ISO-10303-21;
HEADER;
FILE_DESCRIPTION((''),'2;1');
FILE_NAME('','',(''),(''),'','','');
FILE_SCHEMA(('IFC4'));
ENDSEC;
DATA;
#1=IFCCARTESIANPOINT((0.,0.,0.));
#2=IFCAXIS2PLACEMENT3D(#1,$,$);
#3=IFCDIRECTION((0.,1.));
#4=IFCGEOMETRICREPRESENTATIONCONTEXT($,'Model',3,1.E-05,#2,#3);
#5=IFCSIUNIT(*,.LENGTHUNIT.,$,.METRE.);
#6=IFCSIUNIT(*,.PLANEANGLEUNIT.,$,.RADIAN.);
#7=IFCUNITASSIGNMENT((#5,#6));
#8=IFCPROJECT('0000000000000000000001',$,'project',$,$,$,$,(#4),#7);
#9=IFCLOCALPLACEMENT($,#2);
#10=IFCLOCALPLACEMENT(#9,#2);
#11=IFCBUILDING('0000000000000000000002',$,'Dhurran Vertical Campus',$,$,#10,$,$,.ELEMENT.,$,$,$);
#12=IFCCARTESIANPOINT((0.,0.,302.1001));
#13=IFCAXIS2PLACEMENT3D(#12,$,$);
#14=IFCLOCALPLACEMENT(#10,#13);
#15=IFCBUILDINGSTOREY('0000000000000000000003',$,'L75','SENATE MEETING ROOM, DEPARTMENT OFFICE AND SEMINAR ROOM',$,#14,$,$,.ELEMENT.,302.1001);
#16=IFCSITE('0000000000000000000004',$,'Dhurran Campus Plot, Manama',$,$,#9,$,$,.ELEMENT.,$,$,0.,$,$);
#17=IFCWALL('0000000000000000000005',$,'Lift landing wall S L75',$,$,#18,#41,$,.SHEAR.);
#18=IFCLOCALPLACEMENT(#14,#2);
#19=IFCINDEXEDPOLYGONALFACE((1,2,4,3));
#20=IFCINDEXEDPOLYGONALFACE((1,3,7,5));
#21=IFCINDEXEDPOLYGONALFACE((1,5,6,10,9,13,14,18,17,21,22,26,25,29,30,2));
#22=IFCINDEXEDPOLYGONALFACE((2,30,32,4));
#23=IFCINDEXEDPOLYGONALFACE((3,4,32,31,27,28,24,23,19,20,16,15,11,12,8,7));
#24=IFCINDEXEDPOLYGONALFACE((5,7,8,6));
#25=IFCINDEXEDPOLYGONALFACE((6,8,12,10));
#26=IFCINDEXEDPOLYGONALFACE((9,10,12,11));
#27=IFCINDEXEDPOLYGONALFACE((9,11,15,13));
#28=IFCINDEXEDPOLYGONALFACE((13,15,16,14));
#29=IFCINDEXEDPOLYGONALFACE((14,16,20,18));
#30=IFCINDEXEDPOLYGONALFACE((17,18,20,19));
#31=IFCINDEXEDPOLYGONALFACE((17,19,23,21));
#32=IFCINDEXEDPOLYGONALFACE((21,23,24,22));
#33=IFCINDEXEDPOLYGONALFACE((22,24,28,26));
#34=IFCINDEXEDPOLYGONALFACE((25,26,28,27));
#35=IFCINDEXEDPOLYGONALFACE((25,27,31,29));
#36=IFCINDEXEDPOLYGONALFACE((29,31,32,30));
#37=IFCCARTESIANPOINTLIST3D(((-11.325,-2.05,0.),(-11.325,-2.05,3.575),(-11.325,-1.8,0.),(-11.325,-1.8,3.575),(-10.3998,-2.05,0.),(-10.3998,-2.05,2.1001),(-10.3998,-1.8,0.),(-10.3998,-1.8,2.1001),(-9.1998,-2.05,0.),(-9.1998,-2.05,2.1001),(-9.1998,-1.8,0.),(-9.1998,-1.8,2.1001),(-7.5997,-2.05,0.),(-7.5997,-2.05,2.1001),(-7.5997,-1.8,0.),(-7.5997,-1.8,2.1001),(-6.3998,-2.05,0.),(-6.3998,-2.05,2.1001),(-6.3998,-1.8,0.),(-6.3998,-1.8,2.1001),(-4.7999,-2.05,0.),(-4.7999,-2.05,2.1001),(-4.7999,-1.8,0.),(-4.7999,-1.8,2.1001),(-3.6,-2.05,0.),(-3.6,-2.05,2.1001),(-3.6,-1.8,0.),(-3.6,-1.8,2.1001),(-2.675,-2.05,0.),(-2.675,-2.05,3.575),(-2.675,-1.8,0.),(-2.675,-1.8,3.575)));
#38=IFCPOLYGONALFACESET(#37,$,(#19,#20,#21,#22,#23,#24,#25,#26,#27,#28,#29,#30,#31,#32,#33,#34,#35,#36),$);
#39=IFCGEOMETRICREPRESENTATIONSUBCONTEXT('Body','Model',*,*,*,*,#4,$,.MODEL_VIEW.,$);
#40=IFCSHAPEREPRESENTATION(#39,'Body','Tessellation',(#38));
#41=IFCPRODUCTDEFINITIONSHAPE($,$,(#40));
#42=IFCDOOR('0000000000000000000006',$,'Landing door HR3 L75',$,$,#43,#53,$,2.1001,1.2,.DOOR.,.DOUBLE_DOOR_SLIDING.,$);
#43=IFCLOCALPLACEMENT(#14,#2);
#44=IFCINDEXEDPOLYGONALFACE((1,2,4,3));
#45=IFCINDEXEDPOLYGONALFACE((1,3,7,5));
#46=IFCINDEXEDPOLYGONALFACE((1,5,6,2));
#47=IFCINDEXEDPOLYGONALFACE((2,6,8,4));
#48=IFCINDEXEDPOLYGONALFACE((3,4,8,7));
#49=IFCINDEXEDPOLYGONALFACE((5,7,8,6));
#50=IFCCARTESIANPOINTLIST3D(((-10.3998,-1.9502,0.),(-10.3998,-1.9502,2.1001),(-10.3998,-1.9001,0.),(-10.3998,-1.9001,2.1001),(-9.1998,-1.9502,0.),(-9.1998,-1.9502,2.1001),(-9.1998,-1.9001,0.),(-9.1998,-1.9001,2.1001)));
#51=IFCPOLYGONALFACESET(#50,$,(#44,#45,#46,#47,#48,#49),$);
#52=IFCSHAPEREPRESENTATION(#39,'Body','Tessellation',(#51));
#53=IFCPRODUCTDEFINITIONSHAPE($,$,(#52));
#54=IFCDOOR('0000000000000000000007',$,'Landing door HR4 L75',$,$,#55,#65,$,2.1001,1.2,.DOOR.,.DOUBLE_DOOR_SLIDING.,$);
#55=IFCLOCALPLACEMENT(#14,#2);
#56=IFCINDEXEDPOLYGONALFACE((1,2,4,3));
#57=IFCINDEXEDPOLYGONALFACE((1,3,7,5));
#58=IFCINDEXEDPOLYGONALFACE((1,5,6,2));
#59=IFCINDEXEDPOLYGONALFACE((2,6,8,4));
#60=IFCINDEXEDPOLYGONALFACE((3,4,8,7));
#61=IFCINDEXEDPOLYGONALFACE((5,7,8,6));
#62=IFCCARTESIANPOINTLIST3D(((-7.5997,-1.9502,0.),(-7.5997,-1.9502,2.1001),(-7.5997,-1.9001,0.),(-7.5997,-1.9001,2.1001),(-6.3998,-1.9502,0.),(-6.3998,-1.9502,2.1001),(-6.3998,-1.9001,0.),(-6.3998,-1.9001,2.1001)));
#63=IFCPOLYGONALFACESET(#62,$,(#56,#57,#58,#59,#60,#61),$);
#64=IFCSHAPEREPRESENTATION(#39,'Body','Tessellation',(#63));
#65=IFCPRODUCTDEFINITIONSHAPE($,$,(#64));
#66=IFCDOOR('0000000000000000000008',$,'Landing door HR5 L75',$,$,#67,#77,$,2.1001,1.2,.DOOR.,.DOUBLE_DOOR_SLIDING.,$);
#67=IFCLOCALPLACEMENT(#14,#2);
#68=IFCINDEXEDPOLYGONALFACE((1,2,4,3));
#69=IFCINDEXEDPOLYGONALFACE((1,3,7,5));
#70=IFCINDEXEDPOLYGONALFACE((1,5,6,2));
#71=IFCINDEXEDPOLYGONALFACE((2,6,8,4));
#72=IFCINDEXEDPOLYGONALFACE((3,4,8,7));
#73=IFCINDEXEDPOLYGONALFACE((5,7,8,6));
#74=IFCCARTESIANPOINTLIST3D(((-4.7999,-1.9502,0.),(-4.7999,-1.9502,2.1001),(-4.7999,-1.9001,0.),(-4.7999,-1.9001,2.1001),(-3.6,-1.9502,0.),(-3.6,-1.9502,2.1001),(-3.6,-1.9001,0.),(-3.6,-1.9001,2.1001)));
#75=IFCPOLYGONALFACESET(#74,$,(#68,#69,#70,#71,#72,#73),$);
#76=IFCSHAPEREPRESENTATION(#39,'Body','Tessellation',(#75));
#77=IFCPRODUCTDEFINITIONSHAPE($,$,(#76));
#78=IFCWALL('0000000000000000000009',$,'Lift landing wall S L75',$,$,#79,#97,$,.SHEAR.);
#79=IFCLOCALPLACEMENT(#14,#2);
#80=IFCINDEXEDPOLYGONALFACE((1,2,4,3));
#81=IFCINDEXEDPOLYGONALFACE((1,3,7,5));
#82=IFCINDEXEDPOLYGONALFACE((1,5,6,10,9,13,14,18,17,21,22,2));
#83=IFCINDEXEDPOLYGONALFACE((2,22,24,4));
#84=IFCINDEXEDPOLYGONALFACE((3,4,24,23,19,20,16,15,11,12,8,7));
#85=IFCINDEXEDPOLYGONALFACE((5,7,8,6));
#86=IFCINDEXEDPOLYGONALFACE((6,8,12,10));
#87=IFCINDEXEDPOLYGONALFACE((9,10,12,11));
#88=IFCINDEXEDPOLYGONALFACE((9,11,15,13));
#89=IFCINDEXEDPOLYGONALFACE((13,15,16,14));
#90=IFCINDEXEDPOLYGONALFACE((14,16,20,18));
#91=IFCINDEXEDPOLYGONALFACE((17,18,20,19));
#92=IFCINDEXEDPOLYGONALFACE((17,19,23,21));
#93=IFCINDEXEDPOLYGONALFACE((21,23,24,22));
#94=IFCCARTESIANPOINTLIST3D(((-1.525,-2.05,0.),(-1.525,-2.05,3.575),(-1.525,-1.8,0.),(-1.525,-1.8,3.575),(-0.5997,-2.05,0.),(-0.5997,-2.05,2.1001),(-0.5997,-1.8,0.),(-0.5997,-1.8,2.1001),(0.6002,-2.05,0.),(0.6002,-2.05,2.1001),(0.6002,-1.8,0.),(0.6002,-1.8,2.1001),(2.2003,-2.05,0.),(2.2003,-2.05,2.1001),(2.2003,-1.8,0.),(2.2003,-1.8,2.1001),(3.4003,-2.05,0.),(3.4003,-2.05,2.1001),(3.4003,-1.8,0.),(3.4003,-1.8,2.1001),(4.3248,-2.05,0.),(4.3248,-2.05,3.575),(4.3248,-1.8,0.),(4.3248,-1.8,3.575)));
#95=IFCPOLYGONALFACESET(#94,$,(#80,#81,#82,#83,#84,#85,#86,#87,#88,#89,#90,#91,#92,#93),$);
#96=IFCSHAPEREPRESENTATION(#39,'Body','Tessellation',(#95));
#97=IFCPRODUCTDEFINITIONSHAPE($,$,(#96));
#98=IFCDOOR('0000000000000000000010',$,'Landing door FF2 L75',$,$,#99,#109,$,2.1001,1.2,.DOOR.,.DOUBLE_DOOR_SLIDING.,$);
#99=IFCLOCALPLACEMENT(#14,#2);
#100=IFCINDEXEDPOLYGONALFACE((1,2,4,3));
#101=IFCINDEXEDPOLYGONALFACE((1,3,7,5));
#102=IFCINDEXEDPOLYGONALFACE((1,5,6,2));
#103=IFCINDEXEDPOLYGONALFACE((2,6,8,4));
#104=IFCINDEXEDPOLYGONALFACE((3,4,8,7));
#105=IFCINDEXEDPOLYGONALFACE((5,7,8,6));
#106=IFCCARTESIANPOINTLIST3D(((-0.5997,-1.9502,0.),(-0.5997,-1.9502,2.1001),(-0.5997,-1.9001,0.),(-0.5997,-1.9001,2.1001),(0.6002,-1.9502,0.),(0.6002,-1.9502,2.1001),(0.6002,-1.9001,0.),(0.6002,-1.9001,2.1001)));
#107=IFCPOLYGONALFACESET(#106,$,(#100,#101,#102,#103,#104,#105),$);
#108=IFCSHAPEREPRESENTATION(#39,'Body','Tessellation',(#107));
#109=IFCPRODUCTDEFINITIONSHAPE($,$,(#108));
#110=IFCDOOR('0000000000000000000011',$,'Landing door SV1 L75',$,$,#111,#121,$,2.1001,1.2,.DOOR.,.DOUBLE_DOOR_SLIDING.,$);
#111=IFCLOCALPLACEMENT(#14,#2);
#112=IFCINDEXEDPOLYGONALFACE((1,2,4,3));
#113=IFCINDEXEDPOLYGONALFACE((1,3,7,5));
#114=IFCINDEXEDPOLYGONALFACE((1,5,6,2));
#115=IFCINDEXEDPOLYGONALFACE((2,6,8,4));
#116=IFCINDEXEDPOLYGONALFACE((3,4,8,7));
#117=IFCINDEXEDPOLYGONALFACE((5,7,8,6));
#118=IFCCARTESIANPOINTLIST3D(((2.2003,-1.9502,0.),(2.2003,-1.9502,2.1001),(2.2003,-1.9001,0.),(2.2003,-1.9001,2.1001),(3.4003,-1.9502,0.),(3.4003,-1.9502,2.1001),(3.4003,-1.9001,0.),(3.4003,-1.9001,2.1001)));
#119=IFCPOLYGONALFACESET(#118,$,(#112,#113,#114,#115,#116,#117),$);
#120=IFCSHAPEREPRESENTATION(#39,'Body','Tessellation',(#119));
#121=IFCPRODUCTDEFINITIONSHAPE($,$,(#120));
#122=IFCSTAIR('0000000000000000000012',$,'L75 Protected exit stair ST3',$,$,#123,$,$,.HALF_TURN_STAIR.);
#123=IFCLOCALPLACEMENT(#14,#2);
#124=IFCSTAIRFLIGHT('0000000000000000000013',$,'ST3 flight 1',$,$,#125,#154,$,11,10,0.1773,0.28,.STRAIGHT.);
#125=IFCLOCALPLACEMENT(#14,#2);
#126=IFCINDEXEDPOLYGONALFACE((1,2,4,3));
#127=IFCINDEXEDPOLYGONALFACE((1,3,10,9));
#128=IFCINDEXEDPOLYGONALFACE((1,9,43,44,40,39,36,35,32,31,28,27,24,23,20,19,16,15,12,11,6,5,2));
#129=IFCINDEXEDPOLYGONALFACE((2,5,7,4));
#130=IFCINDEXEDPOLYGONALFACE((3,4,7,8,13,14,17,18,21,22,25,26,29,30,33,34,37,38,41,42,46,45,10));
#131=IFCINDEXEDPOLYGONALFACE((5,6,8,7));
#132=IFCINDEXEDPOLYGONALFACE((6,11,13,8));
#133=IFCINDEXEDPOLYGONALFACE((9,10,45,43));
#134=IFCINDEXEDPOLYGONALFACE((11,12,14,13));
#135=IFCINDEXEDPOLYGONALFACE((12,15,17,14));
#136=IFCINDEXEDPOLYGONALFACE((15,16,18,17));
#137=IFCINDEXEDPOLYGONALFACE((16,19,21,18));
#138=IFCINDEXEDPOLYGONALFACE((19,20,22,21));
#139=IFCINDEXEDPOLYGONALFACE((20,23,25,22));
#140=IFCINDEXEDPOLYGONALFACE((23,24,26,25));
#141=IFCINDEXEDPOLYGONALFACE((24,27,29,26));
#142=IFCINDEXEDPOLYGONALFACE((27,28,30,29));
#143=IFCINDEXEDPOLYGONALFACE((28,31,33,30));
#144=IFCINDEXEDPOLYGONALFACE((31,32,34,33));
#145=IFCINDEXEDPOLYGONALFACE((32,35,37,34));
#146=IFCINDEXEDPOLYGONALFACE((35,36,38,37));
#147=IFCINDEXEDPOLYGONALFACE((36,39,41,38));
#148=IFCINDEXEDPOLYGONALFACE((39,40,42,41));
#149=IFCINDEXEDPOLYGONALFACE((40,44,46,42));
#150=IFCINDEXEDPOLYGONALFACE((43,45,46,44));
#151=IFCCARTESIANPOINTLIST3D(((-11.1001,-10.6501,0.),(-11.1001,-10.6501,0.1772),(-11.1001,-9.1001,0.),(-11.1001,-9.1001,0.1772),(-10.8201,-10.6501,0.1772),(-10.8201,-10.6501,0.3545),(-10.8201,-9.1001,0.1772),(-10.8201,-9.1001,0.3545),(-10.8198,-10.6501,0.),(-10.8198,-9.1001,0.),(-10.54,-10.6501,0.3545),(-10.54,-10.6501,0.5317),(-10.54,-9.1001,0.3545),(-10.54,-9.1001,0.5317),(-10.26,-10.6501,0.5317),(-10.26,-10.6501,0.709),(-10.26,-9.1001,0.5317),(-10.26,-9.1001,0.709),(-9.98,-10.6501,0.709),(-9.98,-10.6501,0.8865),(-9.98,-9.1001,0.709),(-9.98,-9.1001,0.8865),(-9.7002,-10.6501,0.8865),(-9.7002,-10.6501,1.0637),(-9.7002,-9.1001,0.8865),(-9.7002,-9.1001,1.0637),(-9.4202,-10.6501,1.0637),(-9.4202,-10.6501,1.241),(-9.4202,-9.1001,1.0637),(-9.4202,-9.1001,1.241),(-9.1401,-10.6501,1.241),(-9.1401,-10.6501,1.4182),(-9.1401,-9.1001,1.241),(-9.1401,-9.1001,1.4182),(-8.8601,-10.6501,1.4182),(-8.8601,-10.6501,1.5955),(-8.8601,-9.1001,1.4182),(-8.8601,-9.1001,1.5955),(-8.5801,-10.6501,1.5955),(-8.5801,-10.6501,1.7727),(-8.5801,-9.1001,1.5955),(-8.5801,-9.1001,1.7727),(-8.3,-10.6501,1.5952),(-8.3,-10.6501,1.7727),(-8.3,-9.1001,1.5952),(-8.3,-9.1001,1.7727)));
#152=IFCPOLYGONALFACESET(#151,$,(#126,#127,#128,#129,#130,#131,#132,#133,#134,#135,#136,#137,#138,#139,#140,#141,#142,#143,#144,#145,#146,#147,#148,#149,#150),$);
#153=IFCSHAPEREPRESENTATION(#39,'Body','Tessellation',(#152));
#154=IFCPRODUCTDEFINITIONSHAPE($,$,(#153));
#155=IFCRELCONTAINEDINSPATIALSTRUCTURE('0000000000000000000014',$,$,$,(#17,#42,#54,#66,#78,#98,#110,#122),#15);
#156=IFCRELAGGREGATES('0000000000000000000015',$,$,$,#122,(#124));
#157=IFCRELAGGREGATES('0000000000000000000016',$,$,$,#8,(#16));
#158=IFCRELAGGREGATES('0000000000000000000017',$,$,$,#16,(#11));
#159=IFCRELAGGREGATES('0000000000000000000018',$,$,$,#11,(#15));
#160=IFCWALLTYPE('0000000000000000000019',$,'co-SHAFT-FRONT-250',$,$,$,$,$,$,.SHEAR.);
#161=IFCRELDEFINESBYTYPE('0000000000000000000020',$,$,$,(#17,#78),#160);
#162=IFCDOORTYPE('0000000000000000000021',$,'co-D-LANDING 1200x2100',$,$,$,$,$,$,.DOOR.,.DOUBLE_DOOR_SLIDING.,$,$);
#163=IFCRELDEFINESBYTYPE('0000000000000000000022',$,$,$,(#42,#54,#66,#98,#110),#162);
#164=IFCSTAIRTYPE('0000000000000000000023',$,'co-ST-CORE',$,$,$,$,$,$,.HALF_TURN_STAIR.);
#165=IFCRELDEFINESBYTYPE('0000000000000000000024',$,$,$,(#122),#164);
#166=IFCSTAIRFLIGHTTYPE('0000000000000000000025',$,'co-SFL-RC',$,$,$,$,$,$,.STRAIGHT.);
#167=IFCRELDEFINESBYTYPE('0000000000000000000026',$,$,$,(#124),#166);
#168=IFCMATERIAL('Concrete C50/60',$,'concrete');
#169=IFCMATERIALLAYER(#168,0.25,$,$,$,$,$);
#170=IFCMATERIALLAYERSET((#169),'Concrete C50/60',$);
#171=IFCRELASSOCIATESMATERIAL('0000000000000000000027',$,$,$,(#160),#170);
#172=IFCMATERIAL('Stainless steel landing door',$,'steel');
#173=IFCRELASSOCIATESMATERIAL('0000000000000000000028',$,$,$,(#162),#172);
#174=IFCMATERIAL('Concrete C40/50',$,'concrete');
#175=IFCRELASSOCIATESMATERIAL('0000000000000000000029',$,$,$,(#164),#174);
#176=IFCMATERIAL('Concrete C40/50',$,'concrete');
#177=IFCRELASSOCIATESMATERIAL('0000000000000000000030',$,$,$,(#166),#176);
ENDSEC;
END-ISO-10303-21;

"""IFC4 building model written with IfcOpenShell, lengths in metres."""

from ifc_helpers import new_model, si_unit, direction, frame, frame_2d, origin, place, context, subcontext, project, spatial, polyline, rectangle, outline, extrude, material, layer, layer_set, type_object, element, fill, aggregate, save


model = new_model("IFC4")

# Units and contexts
model_context = context("Model", 3, precision=1e-05, world=origin(), true_north=direction((0.0, 1.0)))
body_context = subcontext(model_context, "Body", "Model", "MODEL_VIEW")
ifc_project = project(units=[si_unit("LENGTHUNIT", "METRE"), si_unit("PLANEANGLEUNIT", "RADIAN")], contexts=[model_context])

# Site, building, storey
site_placement = place(None, origin())
site = spatial("IfcSite", under=ifc_project, at=site_placement, Name="Dhurran Campus Plot, Manama", CompositionType="ELEMENT", RefElevation=0.0)
building_placement = place(site_placement, origin())
building = spatial("IfcBuilding", under=site, at=building_placement, Name="Dhurran Vertical Campus", CompositionType="ELEMENT")
storey_placement = place(building_placement, frame((0.0, 0.0, 302.1001)))
storey = spatial("IfcBuildingStorey", under=building, at=storey_placement, Name="L75", Description="SENATE MEETING ROOM, DEPARTMENT OFFICE AND SEMINAR ROOM", CompositionType="ELEMENT", Elevation=302.1001)

# Walls, openings, doors
ifc_material_1 = material(Name="Concrete C50/60", Category="concrete")
ifc_layer_1 = layer(ifc_material_1, 0.25)
ifc_layer_set_1 = layer_set([ifc_layer_1], Name="Concrete C50/60")
wall_type_1 = type_object("IfcWallType", Name="co-SHAFT-FRONT-250", PredefinedType="SHEAR", material=ifc_layer_set_1)
wall_1_placement = place(storey_placement, frame((-11.325, -1.925, 0.0), z_axis=(0.0, 0.0, 1.0), x_axis=(1.0, 0.0, 0.0)))
wall_1 = element("IfcWall", 1, at=wall_1_placement, inside=storey, type_object=wall_type_1, Name="Lift landing wall S L75", PredefinedType="SHEAR", context=body_context, shape_type="SweptSolid", body=[
    extrude(rectangle(XDim=8.6499, YDim=0.25, at=frame_2d((4.325, 0.0))), origin(), (0.0, 0.0, 1.0), 3.575),
])
opening_1_placement = place(wall_1_placement, frame((0.925, 0.0, 0.0)))
opening_1 = element("IfcOpeningElement", 2, at=opening_1_placement, cuts=wall_1, PredefinedType="OPENING", context=body_context, shape_type="SweptSolid", body=[
    extrude(rectangle(XDim=1.2, YDim=2.1001, at=frame_2d((0.6001, 1.05))), frame((0.0, 0.135, 0.0), z_axis=(0.0, -1.0, 0.0), x_axis=(1.0, 0.0, 0.0)), (0.0, 0.0, 1.0), 0.27),
])
opening_2_placement = place(wall_1_placement, frame((3.7251, 0.0, 0.0)))
opening_2 = element("IfcOpeningElement", 3, at=opening_2_placement, cuts=wall_1, PredefinedType="OPENING", context=body_context, shape_type="SweptSolid", body=[
    extrude(rectangle(XDim=1.2, YDim=2.1001, at=frame_2d((0.6001, 1.05))), frame((0.0, 0.135, 0.0), z_axis=(0.0, -1.0, 0.0), x_axis=(1.0, 0.0, 0.0)), (0.0, 0.0, 1.0), 0.27),
])
opening_3_placement = place(wall_1_placement, frame((6.5249, 0.0, 0.0)))
opening_3 = element("IfcOpeningElement", 4, at=opening_3_placement, cuts=wall_1, PredefinedType="OPENING", context=body_context, shape_type="SweptSolid", body=[
    extrude(rectangle(XDim=1.2, YDim=2.1001, at=frame_2d((0.6001, 1.05))), frame((0.0, 0.135, 0.0), z_axis=(0.0, -1.0, 0.0), x_axis=(1.0, 0.0, 0.0)), (0.0, 0.0, 1.0), 0.27),
])
ifc_material_2 = material(Name="Stainless steel landing door", Category="steel")
door_type_1 = type_object("IfcDoorType", Name="co-D-LANDING 1200x2100", OperationType="DOUBLE_DOOR_SLIDING", PredefinedType="DOOR", material=ifc_material_2)
door_1_placement = place(opening_1_placement, origin())
door_1 = element("IfcDoor", 5, at=door_1_placement, inside=storey, type_object=door_type_1, Name="Landing door HR3 L75", OperationType="DOUBLE_DOOR_SLIDING", OverallHeight=2.1001, OverallWidth=1.2, PredefinedType="DOOR", context=body_context, shape_type="SweptSolid", body=[
    extrude(rectangle(XDim=1.2, YDim=2.1001, at=frame_2d((0.6001, 1.05))), frame((0.0, 0.0249, 0.0), z_axis=(0.0, -1.0, 0.0), x_axis=(1.0, 0.0, 0.0)), (0.0, 0.0, 1.0), 0.05),
])
fill(opening_1, door_1)
door_2_placement = place(opening_2_placement, origin())
door_2 = element("IfcDoor", 6, at=door_2_placement, inside=storey, type_object=door_type_1, Name="Landing door HR4 L75", OperationType="DOUBLE_DOOR_SLIDING", OverallHeight=2.1001, OverallWidth=1.2, PredefinedType="DOOR", context=body_context, shape_type="SweptSolid", body=[
    extrude(rectangle(XDim=1.2, YDim=2.1001, at=frame_2d((0.6001, 1.05))), frame((0.0, 0.0249, 0.0), z_axis=(0.0, -1.0, 0.0), x_axis=(1.0, 0.0, 0.0)), (0.0, 0.0, 1.0), 0.05),
])
fill(opening_2, door_2)
door_3_placement = place(opening_3_placement, origin())
door_3 = element("IfcDoor", 7, at=door_3_placement, inside=storey, type_object=door_type_1, Name="Landing door HR5 L75", OperationType="DOUBLE_DOOR_SLIDING", OverallHeight=2.1001, OverallWidth=1.2, PredefinedType="DOOR", context=body_context, shape_type="SweptSolid", body=[
    extrude(rectangle(XDim=1.2, YDim=2.1001, at=frame_2d((0.6001, 1.05))), frame((0.0, 0.0249, 0.0), z_axis=(0.0, -1.0, 0.0), x_axis=(1.0, 0.0, 0.0)), (0.0, 0.0, 1.0), 0.05),
])
fill(opening_3, door_3)
wall_2_placement = place(storey_placement, frame((-1.5249, -1.925, 0.0), z_axis=(0.0, 0.0, 1.0), x_axis=(1.0, 0.0, 0.0)))
wall_2 = element("IfcWall", 8, at=wall_2_placement, inside=storey, type_object=wall_type_1, Name="Lift landing wall S L75", PredefinedType="SHEAR", context=body_context, shape_type="SweptSolid", body=[
    extrude(rectangle(XDim=5.8499, YDim=0.25, at=frame_2d((2.9248, 0.0))), origin(), (0.0, 0.0, 1.0), 3.575),
])
opening_4_placement = place(wall_2_placement, frame((0.925, 0.0, 0.0)))
opening_4 = element("IfcOpeningElement", 9, at=opening_4_placement, cuts=wall_2, PredefinedType="OPENING", context=body_context, shape_type="SweptSolid", body=[
    extrude(rectangle(XDim=1.2, YDim=2.1001, at=frame_2d((0.6001, 1.05))), frame((0.0, 0.135, 0.0), z_axis=(0.0, -1.0, 0.0), x_axis=(1.0, 0.0, 0.0)), (0.0, 0.0, 1.0), 0.27),
])
opening_5_placement = place(wall_2_placement, frame((3.7251, 0.0, 0.0)))
opening_5 = element("IfcOpeningElement", 10, at=opening_5_placement, cuts=wall_2, PredefinedType="OPENING", context=body_context, shape_type="SweptSolid", body=[
    extrude(rectangle(XDim=1.2, YDim=2.1001, at=frame_2d((0.6001, 1.05))), frame((0.0, 0.135, 0.0), z_axis=(0.0, -1.0, 0.0), x_axis=(1.0, 0.0, 0.0)), (0.0, 0.0, 1.0), 0.27),
])
door_4_placement = place(opening_4_placement, origin())
door_4 = element("IfcDoor", 11, at=door_4_placement, inside=storey, type_object=door_type_1, Name="Landing door FF2 L75", OperationType="DOUBLE_DOOR_SLIDING", OverallHeight=2.1001, OverallWidth=1.2, PredefinedType="DOOR", context=body_context, shape_type="SweptSolid", body=[
    extrude(rectangle(XDim=1.2, YDim=2.1001, at=frame_2d((0.6001, 1.05))), frame((0.0, 0.0249, 0.0), z_axis=(0.0, -1.0, 0.0), x_axis=(1.0, 0.0, 0.0)), (0.0, 0.0, 1.0), 0.05),
])
fill(opening_4, door_4)
door_5_placement = place(opening_5_placement, origin())
door_5 = element("IfcDoor", 12, at=door_5_placement, inside=storey, type_object=door_type_1, Name="Landing door SV1 L75", OperationType="DOUBLE_DOOR_SLIDING", OverallHeight=2.1001, OverallWidth=1.2, PredefinedType="DOOR", context=body_context, shape_type="SweptSolid", body=[
    extrude(rectangle(XDim=1.2, YDim=2.1001, at=frame_2d((0.6001, 1.05))), frame((0.0, 0.0249, 0.0), z_axis=(0.0, -1.0, 0.0), x_axis=(1.0, 0.0, 0.0)), (0.0, 0.0, 1.0), 0.05),
])
fill(opening_5, door_5)

# Stair, stair flight
ifc_material_3 = material(Name="Concrete C40/50", Category="concrete")
stair_type = type_object("IfcStairType", Name="co-ST-CORE", PredefinedType="HALF_TURN_STAIR", material=ifc_material_3)
stair_placement = place(storey_placement, origin())
stair = element("IfcStair", 13, at=stair_placement, inside=storey, type_object=stair_type, Name="L75 Protected exit stair ST3", PredefinedType="HALF_TURN_STAIR")
ifc_material_4 = material(Name="Concrete C40/50", Category="concrete")
stair_flight_type = type_object("IfcStairFlightType", Name="co-SFL-RC", PredefinedType="STRAIGHT", material=ifc_material_4)
stair_flight_1_placement = place(storey_placement, frame((-11.1001, -9.875, 0.0), z_axis=(0.0, 0.0, 1.0), x_axis=(1.0, 0.0, 0.0)))
stair_flight_1 = element("IfcStairFlight", 14, at=stair_flight_1_placement, type_object=stair_flight_type, Name="ST3 flight 1", NumberOfRisers=11, NumberOfTreads=10, PredefinedType="STRAIGHT", RiserHeight=0.1773, TreadLength=0.28, context=body_context, shape_type="SweptSolid", body=[
    extrude(outline(polyline([(0.0, 0.0), (0.0, 0.1772), (0.28, 0.1772), (0.28, 0.3545), (0.5601, 0.3545), (0.5601, 0.5317), (0.8401, 0.5317), (0.8401, 0.709), (1.1201, 0.709), (1.1201, 0.8865), (1.3999, 0.8865), (1.3999, 1.0637), (1.6799, 1.0637), (1.6799, 1.241), (1.96, 1.241), (1.96, 1.4182), (2.24, 1.4182), (2.24, 1.5955), (2.52, 1.5955), (2.52, 1.7727), (2.8, 1.7727), (2.8, 1.95), (2.8, 1.5952), (0.2803, 0.0), (0.0, 0.0)])), frame((0.0, 0.7749, 0.0), z_axis=(0.0, -1.0, 0.0), x_axis=(1.0, 0.0, 0.0)), (0.0, 0.0, 1.0), 1.55),
])
aggregate(stair, [stair_flight_1])

save(model, "model.ifc")
